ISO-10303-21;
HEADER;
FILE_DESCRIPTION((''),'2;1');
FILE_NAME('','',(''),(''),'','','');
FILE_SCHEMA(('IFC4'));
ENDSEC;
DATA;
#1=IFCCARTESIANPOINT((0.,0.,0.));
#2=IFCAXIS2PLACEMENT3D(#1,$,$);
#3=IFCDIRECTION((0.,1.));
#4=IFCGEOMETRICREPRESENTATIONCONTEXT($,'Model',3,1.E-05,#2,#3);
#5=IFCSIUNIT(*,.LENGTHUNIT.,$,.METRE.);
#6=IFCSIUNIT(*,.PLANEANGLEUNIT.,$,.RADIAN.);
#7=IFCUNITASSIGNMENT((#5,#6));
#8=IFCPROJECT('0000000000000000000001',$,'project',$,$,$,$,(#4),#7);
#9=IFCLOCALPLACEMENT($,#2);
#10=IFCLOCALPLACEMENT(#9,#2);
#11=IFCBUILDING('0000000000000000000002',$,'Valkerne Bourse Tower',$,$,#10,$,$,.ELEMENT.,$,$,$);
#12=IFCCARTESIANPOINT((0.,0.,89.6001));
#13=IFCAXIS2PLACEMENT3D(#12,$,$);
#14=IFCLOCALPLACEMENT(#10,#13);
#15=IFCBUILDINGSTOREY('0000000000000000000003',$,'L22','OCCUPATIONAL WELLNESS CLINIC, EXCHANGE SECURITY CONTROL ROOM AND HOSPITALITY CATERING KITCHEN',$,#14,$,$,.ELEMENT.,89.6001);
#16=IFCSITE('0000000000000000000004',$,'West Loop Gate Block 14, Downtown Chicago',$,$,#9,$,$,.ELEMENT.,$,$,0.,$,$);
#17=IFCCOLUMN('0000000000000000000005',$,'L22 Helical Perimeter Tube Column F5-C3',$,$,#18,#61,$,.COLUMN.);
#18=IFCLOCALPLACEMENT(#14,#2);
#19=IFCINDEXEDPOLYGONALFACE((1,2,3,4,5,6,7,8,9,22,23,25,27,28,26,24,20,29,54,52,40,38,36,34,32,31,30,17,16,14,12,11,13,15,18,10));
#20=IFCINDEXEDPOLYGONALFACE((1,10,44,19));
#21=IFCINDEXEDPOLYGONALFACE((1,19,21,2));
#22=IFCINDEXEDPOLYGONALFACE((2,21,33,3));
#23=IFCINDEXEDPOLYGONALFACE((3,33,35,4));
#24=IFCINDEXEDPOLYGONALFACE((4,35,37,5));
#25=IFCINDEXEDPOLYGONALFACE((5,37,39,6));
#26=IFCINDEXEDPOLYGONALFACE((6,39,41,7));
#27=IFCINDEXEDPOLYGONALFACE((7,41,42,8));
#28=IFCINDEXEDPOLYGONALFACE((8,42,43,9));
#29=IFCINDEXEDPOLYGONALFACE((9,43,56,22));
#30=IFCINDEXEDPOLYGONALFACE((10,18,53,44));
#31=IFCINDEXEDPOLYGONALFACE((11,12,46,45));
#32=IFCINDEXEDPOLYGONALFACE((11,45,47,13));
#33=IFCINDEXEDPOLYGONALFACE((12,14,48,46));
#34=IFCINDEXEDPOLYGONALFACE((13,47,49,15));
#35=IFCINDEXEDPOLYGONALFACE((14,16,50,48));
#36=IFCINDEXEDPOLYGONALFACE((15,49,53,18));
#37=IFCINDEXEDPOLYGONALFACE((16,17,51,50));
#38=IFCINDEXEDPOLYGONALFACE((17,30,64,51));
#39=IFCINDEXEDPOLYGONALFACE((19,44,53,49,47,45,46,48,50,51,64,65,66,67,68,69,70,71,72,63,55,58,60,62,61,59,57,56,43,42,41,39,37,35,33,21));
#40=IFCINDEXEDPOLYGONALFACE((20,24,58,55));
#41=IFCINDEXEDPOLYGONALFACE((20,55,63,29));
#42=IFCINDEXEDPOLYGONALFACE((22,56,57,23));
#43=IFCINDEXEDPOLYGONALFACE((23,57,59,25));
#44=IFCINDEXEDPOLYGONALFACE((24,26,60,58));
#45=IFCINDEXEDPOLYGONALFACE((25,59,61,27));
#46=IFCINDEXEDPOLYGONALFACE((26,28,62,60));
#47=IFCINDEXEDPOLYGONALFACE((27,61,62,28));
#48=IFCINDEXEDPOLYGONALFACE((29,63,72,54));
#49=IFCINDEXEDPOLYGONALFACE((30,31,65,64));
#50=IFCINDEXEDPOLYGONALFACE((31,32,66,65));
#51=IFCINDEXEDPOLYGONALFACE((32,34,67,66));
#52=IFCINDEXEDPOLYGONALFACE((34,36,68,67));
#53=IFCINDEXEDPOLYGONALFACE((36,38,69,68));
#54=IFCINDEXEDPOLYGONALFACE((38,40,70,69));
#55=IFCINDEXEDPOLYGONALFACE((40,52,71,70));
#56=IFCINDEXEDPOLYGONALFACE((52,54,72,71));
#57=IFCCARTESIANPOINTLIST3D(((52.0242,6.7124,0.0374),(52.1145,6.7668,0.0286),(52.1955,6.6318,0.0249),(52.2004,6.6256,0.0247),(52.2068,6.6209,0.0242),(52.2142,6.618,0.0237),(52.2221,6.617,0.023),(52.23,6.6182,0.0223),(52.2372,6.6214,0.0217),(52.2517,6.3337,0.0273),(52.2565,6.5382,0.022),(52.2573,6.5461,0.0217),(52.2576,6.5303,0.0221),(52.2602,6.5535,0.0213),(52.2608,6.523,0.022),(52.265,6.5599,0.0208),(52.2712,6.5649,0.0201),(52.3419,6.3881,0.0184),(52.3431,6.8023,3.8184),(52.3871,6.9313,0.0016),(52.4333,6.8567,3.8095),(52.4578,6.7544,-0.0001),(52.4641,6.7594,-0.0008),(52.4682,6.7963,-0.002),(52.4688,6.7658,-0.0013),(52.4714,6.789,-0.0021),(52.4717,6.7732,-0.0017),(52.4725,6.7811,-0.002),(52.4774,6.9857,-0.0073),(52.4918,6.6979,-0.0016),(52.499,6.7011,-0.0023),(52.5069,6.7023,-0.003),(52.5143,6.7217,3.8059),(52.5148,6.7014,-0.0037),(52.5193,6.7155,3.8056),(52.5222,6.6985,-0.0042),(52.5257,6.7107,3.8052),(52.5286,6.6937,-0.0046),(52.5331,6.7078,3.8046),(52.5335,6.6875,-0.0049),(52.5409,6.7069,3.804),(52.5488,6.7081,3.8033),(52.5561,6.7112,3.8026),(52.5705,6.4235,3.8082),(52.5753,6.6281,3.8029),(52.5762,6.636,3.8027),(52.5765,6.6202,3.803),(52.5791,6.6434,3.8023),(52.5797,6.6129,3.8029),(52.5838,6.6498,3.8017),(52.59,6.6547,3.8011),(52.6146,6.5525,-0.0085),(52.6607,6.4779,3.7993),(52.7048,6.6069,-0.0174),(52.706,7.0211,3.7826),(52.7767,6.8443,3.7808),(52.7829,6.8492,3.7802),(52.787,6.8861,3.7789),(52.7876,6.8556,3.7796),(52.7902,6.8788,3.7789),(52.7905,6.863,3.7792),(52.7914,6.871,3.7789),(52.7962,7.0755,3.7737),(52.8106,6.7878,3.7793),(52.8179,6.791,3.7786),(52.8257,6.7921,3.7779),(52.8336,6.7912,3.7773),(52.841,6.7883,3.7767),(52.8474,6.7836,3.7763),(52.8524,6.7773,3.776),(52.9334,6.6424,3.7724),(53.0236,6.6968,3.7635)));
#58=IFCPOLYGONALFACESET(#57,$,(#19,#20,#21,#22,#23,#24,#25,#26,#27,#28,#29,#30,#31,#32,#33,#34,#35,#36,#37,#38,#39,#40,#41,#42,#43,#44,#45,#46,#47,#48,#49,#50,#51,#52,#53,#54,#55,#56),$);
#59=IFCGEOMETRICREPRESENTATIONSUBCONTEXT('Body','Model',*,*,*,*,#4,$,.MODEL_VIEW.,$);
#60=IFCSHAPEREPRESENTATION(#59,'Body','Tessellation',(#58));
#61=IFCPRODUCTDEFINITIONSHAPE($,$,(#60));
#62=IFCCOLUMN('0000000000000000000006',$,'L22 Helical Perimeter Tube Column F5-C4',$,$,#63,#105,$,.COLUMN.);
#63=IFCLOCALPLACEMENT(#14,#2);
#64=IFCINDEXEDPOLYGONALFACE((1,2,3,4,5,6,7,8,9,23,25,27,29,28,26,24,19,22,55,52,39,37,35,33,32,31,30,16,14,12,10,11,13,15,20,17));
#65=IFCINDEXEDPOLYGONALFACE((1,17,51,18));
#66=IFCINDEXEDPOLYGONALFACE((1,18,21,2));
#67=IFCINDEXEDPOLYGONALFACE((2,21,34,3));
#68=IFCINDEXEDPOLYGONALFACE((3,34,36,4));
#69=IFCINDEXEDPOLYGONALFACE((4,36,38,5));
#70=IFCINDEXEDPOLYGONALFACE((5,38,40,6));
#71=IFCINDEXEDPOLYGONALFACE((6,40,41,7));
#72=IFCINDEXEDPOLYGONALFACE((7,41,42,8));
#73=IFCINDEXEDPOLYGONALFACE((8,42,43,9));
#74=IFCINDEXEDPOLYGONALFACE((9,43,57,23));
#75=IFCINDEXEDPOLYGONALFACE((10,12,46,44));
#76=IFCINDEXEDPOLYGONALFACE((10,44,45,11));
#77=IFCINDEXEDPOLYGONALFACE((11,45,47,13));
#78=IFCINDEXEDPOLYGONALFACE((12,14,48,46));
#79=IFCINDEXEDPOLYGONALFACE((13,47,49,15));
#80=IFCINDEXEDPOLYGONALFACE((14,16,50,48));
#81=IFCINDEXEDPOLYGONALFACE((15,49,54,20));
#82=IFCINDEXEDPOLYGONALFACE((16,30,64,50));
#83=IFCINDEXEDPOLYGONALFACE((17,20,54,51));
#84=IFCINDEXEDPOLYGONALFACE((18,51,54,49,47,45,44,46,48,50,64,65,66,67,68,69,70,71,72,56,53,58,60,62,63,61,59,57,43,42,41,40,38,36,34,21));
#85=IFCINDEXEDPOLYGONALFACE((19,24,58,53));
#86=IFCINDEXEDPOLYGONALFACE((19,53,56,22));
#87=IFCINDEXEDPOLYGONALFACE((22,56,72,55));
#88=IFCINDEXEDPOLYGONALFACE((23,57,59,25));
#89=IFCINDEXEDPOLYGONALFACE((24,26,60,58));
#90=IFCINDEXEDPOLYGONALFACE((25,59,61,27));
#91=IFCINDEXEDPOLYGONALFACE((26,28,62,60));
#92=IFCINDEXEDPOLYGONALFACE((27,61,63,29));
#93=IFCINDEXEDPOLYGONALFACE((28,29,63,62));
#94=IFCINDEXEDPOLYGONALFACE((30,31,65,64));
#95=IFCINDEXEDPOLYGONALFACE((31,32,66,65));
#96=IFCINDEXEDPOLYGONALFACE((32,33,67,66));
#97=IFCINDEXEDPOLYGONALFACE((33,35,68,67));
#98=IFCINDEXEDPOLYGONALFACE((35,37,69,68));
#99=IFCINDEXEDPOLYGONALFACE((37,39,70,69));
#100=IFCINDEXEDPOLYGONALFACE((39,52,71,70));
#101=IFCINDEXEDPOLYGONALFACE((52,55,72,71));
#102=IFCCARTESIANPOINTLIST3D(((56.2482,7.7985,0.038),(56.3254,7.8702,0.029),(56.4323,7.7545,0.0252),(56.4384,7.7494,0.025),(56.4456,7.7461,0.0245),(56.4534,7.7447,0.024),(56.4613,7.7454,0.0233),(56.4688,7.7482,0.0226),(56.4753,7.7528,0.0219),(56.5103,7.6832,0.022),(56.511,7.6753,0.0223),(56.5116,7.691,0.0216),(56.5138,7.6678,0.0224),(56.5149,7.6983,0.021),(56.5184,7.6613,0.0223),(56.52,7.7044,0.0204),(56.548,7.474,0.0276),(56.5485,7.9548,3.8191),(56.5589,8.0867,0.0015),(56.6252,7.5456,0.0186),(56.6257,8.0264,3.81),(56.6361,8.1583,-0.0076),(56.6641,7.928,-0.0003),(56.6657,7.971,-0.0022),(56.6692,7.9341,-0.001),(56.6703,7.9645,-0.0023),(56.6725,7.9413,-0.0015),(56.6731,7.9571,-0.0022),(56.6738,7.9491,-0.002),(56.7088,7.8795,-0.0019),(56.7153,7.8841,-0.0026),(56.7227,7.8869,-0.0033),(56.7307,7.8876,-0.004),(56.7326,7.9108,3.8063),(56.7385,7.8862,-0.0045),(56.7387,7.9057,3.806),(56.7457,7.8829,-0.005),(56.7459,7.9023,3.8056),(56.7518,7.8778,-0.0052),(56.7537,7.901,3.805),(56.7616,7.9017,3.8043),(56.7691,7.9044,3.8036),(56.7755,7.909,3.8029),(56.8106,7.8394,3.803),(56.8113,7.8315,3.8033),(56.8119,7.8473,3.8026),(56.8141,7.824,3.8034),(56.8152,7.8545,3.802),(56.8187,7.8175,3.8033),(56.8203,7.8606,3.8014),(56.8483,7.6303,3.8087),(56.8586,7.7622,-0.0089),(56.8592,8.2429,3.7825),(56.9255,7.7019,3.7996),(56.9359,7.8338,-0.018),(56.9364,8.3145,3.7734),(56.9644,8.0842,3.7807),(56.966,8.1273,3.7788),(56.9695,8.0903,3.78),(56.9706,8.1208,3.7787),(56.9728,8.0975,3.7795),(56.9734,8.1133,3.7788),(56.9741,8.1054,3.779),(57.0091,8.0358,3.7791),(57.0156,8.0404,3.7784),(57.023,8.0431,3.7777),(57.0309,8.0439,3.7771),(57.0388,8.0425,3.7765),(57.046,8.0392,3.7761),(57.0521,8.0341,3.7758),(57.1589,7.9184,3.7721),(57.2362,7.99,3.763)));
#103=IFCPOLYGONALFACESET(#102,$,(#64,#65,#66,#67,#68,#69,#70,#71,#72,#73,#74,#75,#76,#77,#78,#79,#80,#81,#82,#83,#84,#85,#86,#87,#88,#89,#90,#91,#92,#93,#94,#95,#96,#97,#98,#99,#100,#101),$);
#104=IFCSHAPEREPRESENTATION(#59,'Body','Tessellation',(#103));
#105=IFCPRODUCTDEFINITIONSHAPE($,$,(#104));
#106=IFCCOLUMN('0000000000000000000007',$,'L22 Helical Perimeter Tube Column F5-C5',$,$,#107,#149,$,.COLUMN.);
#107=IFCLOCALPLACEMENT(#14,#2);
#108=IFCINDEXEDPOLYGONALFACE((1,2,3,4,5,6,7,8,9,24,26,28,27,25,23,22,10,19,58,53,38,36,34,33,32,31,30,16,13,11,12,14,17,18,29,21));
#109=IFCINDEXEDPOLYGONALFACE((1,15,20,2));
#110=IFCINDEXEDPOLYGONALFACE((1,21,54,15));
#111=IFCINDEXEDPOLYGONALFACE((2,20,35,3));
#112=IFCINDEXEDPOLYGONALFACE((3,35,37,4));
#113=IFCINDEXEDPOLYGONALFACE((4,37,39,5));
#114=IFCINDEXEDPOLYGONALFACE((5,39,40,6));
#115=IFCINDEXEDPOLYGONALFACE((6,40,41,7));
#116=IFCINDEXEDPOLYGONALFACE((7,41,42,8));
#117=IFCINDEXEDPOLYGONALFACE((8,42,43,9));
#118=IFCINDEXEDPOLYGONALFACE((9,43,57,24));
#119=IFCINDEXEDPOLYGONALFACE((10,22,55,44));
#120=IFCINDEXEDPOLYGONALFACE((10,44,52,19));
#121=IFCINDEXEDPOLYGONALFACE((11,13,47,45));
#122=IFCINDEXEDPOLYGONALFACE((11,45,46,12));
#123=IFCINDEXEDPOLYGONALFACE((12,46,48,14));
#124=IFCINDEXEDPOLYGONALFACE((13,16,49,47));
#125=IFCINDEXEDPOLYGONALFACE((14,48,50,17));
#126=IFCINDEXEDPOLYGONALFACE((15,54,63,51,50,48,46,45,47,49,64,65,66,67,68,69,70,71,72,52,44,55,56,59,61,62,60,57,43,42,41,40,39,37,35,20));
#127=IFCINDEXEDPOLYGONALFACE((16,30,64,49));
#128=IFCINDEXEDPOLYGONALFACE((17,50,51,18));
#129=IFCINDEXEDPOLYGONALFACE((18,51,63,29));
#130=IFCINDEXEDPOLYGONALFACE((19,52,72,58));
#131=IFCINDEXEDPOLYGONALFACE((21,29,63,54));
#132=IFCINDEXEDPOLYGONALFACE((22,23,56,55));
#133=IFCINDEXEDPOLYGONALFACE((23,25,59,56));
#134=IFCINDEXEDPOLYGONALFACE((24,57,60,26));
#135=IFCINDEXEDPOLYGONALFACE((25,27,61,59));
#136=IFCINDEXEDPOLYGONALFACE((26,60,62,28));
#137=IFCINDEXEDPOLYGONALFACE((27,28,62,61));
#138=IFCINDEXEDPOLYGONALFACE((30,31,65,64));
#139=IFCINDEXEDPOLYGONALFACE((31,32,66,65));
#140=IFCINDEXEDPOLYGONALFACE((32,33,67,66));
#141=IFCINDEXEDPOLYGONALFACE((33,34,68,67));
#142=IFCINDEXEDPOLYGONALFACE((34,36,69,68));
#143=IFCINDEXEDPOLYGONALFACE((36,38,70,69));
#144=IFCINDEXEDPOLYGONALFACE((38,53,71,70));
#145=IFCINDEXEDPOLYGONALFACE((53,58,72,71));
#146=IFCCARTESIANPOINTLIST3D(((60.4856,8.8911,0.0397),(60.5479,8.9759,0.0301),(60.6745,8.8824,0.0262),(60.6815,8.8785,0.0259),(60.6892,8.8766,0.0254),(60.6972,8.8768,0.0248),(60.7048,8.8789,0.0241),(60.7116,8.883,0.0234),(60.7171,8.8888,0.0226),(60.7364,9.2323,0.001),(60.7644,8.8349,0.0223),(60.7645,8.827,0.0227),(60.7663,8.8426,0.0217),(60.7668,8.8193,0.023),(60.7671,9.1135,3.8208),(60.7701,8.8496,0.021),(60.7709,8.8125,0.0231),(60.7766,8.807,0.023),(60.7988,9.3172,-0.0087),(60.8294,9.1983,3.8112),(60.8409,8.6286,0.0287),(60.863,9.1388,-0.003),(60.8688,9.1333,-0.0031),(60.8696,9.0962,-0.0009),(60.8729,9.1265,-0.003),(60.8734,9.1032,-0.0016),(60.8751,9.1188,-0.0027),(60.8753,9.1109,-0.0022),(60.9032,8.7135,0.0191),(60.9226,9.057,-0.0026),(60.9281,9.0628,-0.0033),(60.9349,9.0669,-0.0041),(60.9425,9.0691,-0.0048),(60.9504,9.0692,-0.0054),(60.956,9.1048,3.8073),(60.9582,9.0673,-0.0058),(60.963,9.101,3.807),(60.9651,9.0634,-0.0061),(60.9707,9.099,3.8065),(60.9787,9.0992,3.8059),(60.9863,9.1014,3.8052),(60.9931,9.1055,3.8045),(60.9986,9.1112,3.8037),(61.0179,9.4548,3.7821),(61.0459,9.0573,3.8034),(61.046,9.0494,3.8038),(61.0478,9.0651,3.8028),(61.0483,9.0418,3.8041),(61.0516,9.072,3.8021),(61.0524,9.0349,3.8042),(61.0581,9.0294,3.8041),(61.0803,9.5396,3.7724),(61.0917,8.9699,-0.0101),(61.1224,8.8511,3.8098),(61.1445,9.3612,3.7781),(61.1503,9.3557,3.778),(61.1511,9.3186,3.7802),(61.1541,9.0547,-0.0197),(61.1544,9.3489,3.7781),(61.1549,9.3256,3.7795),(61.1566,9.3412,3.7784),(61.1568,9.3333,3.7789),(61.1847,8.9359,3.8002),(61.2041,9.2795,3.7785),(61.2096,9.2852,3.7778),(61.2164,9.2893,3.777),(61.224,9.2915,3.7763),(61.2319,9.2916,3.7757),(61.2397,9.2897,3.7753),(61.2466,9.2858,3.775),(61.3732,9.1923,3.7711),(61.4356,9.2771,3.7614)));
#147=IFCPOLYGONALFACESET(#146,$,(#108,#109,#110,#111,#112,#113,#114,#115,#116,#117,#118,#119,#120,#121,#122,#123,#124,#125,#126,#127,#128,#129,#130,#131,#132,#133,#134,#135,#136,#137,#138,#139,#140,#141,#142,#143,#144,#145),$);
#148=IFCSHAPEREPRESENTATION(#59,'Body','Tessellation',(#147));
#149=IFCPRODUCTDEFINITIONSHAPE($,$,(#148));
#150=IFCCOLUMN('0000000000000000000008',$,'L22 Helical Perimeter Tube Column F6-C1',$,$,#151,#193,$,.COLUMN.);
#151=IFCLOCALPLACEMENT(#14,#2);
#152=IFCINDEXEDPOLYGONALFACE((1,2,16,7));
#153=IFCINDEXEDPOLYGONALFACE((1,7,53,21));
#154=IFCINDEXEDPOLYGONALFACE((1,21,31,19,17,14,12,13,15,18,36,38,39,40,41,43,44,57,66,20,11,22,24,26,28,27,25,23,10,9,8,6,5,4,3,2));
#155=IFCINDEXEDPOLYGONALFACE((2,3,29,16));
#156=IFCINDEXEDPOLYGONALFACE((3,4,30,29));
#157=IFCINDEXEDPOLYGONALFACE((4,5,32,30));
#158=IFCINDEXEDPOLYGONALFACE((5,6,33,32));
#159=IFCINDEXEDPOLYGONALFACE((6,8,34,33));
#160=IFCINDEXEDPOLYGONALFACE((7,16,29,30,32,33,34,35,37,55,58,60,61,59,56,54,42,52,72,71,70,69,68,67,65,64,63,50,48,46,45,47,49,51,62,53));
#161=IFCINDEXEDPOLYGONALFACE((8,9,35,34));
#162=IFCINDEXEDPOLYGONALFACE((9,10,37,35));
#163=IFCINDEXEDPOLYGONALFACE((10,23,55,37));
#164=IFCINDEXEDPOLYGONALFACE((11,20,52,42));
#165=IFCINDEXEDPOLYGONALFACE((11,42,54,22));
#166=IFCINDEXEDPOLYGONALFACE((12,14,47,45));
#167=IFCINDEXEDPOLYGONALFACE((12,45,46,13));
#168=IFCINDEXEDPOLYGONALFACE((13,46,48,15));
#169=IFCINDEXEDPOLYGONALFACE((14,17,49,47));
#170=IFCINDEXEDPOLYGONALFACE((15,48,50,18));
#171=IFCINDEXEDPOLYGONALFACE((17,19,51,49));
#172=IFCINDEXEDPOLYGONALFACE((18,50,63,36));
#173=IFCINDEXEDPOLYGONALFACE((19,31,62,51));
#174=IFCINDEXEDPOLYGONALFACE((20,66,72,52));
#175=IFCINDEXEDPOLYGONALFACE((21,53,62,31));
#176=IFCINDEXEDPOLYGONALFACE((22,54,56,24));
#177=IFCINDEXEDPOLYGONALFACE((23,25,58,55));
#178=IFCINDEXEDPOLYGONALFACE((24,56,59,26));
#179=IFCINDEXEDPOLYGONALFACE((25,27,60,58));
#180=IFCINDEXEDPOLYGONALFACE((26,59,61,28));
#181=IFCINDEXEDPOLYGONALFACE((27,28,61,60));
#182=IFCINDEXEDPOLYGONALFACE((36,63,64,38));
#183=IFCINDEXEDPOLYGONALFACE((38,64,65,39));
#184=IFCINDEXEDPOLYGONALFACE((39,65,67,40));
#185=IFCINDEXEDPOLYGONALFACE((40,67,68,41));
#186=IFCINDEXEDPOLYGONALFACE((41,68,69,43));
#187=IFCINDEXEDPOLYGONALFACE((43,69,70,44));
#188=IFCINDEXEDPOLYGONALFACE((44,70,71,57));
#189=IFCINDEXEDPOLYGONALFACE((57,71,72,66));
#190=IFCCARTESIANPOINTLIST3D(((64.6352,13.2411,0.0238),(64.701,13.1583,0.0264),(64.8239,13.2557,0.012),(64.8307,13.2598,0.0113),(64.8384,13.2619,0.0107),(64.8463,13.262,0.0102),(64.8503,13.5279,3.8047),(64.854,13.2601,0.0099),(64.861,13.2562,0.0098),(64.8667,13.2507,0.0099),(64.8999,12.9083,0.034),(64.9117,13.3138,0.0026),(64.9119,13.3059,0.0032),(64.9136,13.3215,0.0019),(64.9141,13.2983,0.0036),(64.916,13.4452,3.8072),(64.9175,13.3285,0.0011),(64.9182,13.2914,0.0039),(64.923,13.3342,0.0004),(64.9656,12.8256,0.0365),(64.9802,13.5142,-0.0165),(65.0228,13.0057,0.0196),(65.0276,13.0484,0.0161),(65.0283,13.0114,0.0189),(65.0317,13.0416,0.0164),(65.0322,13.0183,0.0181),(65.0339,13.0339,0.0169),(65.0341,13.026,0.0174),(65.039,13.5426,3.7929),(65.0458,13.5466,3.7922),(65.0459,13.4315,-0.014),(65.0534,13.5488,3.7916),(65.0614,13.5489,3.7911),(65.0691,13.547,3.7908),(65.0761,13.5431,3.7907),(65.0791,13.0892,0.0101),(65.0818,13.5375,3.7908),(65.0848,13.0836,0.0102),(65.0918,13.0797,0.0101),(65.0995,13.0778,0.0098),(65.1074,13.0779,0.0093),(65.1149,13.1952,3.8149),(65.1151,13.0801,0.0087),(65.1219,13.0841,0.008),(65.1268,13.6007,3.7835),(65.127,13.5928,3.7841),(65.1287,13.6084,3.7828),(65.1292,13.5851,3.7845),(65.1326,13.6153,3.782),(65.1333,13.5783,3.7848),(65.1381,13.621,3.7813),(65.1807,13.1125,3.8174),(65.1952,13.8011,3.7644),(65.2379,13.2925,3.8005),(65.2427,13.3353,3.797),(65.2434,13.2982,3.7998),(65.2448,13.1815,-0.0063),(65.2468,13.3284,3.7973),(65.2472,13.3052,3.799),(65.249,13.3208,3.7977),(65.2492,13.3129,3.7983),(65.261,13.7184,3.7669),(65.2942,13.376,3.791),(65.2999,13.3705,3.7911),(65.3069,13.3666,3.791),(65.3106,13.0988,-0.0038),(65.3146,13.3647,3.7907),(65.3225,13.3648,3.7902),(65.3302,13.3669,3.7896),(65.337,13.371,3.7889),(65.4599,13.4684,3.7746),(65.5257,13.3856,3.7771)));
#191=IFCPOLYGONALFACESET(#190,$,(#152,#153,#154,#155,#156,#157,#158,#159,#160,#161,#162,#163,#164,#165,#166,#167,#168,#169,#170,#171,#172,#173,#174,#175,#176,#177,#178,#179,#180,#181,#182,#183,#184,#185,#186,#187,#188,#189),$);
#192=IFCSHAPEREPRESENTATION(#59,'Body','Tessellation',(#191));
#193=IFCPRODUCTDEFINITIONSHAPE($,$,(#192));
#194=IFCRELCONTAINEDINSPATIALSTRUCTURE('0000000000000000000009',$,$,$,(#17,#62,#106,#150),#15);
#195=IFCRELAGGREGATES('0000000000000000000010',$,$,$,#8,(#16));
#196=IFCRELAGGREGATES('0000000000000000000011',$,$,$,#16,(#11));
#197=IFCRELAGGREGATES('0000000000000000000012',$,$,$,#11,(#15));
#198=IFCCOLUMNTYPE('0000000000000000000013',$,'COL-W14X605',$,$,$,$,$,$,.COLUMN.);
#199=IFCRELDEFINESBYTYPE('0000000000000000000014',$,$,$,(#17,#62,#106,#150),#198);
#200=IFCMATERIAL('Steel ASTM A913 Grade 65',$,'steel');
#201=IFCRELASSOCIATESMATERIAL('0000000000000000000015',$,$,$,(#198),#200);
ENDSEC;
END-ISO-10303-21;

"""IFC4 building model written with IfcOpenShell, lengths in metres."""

from ifc_helpers import new_model, si_unit, direction, frame, origin, origin_2d, place, context, subcontext, project, spatial, i_section, extrude, material, material_profile, profile_set, type_object, element, save


model = new_model("IFC4")

# Units and contexts
model_context = context("Model", 3, precision=1e-05, world=origin(), true_north=direction((0.0, 1.0)))
body_context = subcontext(model_context, "Body", "Model", "MODEL_VIEW")
ifc_project = project(units=[si_unit("LENGTHUNIT", "METRE"), si_unit("PLANEANGLEUNIT", "RADIAN")], contexts=[model_context])

# Site, building, storey
site_placement = place(None, origin())
site = spatial("IfcSite", under=ifc_project, at=site_placement, Name="West Loop Gate Block 14, Downtown Chicago", CompositionType="ELEMENT", RefElevation=0.0)
building_placement = place(site_placement, origin())
building = spatial("IfcBuilding", under=site, at=building_placement, Name="Valkerne Bourse Tower", CompositionType="ELEMENT")
storey_placement = place(building_placement, frame((0.0, 0.0, 89.6001)))
storey = spatial("IfcBuildingStorey", under=building, at=storey_placement, Name="L22", Description="OCCUPATIONAL WELLNESS CLINIC, EXCHANGE SECURITY CONTROL ROOM AND HOSPITALITY CATERING KITCHEN", CompositionType="ELEMENT", Elevation=89.6001)

# Columns
ifc_material_1 = material(Name="Steel ASTM A913 Grade 65", Category="steel")
ifc_material_profile_1 = material_profile(ifc_material_1, i_section(OverallWidth=0.4419, OverallDepth=0.531, WebThickness=0.0659, FlangeThickness=0.1057, FilletRadius=0.0305, at=origin_2d()), Name="W14X605")
ifc_profile_set_1 = profile_set([ifc_material_profile_1], Name="Steel ASTM A913 Grade 65")
column_type = type_object("IfcColumnType", Name="COL-W14X605", PredefinedType="COLUMN", material=ifc_profile_set_1)
column_1_placement = place(storey_placement, frame((52.3645, 6.6597, 0.01), z_axis=(0.084007, 0.023671, 0.996184), x_axis=(-0.514616, 0.857111, 0.02303)))
element("IfcColumn", 1, at=column_1_placement, inside=storey, type_object=column_type, Name="L22 Helical Perimeter Tube Column F5-C3", PredefinedType="COLUMN", context=body_context, shape_type="SweptSolid", body=[
    extrude(i_section(OverallWidth=0.4419, OverallDepth=0.531, WebThickness=0.0659, FlangeThickness=0.1057, FilletRadius=0.0305, at=origin_2d()), origin(), (0.0, 0.0, 1.0), 3.7954),
])
column_2_placement = place(storey_placement, frame((56.592, 7.8162, 0.01), z_axis=(0.079105, 0.04116, 0.996016), x_axis=(-0.678369, 0.734344, 0.02353)))
element("IfcColumn", 2, at=column_2_placement, inside=storey, type_object=column_type, Name="L22 Helical Perimeter Tube Column F5-C4", PredefinedType="COLUMN", context=body_context, shape_type="SweptSolid", body=[
    extrude(i_section(OverallWidth=0.4419, OverallDepth=0.531, WebThickness=0.0659, FlangeThickness=0.1057, FilletRadius=0.0305, at=origin_2d()), origin(), (0.0, 0.0, 1.0), 3.7961),
])
column_3_placement = place(storey_placement, frame((60.8198, 8.9729, 0.01), z_axis=(0.074117, 0.058561, 0.995529), x_axis=(-0.8041, 0.593972, 0.024925)))
element("IfcColumn", 3, at=column_3_placement, inside=storey, type_object=column_type, Name="L22 Helical Perimeter Tube Column F5-C5", PredefinedType="COLUMN", context=body_context, shape_type="SweptSolid", body=[
    extrude(i_section(OverallWidth=0.4419, OverallDepth=0.531, WebThickness=0.0659, FlangeThickness=0.1057, FilletRadius=0.0305, at=origin_2d()), origin(), (0.0, 0.0, 1.0), 3.7981),
])
column_4_placement = place(storey_placement, frame((64.9729, 13.1699, 0.01), z_axis=(0.056632, 0.075531, 0.995534), x_axis=(-0.780691, -0.61821, 0.091314)))
element("IfcColumn", 4, at=column_4_placement, inside=storey, type_object=column_type, Name="L22 Helical Perimeter Tube Column F6-C1", PredefinedType="COLUMN", context=body_context, shape_type="SweptSolid", body=[
    extrude(i_section(OverallWidth=0.4419, OverallDepth=0.531, WebThickness=0.0659, FlangeThickness=0.1057, FilletRadius=0.0305, at=origin_2d()), origin(), (0.0, 0.0, 1.0), 3.7979),
])

save(model, "model.ifc")
